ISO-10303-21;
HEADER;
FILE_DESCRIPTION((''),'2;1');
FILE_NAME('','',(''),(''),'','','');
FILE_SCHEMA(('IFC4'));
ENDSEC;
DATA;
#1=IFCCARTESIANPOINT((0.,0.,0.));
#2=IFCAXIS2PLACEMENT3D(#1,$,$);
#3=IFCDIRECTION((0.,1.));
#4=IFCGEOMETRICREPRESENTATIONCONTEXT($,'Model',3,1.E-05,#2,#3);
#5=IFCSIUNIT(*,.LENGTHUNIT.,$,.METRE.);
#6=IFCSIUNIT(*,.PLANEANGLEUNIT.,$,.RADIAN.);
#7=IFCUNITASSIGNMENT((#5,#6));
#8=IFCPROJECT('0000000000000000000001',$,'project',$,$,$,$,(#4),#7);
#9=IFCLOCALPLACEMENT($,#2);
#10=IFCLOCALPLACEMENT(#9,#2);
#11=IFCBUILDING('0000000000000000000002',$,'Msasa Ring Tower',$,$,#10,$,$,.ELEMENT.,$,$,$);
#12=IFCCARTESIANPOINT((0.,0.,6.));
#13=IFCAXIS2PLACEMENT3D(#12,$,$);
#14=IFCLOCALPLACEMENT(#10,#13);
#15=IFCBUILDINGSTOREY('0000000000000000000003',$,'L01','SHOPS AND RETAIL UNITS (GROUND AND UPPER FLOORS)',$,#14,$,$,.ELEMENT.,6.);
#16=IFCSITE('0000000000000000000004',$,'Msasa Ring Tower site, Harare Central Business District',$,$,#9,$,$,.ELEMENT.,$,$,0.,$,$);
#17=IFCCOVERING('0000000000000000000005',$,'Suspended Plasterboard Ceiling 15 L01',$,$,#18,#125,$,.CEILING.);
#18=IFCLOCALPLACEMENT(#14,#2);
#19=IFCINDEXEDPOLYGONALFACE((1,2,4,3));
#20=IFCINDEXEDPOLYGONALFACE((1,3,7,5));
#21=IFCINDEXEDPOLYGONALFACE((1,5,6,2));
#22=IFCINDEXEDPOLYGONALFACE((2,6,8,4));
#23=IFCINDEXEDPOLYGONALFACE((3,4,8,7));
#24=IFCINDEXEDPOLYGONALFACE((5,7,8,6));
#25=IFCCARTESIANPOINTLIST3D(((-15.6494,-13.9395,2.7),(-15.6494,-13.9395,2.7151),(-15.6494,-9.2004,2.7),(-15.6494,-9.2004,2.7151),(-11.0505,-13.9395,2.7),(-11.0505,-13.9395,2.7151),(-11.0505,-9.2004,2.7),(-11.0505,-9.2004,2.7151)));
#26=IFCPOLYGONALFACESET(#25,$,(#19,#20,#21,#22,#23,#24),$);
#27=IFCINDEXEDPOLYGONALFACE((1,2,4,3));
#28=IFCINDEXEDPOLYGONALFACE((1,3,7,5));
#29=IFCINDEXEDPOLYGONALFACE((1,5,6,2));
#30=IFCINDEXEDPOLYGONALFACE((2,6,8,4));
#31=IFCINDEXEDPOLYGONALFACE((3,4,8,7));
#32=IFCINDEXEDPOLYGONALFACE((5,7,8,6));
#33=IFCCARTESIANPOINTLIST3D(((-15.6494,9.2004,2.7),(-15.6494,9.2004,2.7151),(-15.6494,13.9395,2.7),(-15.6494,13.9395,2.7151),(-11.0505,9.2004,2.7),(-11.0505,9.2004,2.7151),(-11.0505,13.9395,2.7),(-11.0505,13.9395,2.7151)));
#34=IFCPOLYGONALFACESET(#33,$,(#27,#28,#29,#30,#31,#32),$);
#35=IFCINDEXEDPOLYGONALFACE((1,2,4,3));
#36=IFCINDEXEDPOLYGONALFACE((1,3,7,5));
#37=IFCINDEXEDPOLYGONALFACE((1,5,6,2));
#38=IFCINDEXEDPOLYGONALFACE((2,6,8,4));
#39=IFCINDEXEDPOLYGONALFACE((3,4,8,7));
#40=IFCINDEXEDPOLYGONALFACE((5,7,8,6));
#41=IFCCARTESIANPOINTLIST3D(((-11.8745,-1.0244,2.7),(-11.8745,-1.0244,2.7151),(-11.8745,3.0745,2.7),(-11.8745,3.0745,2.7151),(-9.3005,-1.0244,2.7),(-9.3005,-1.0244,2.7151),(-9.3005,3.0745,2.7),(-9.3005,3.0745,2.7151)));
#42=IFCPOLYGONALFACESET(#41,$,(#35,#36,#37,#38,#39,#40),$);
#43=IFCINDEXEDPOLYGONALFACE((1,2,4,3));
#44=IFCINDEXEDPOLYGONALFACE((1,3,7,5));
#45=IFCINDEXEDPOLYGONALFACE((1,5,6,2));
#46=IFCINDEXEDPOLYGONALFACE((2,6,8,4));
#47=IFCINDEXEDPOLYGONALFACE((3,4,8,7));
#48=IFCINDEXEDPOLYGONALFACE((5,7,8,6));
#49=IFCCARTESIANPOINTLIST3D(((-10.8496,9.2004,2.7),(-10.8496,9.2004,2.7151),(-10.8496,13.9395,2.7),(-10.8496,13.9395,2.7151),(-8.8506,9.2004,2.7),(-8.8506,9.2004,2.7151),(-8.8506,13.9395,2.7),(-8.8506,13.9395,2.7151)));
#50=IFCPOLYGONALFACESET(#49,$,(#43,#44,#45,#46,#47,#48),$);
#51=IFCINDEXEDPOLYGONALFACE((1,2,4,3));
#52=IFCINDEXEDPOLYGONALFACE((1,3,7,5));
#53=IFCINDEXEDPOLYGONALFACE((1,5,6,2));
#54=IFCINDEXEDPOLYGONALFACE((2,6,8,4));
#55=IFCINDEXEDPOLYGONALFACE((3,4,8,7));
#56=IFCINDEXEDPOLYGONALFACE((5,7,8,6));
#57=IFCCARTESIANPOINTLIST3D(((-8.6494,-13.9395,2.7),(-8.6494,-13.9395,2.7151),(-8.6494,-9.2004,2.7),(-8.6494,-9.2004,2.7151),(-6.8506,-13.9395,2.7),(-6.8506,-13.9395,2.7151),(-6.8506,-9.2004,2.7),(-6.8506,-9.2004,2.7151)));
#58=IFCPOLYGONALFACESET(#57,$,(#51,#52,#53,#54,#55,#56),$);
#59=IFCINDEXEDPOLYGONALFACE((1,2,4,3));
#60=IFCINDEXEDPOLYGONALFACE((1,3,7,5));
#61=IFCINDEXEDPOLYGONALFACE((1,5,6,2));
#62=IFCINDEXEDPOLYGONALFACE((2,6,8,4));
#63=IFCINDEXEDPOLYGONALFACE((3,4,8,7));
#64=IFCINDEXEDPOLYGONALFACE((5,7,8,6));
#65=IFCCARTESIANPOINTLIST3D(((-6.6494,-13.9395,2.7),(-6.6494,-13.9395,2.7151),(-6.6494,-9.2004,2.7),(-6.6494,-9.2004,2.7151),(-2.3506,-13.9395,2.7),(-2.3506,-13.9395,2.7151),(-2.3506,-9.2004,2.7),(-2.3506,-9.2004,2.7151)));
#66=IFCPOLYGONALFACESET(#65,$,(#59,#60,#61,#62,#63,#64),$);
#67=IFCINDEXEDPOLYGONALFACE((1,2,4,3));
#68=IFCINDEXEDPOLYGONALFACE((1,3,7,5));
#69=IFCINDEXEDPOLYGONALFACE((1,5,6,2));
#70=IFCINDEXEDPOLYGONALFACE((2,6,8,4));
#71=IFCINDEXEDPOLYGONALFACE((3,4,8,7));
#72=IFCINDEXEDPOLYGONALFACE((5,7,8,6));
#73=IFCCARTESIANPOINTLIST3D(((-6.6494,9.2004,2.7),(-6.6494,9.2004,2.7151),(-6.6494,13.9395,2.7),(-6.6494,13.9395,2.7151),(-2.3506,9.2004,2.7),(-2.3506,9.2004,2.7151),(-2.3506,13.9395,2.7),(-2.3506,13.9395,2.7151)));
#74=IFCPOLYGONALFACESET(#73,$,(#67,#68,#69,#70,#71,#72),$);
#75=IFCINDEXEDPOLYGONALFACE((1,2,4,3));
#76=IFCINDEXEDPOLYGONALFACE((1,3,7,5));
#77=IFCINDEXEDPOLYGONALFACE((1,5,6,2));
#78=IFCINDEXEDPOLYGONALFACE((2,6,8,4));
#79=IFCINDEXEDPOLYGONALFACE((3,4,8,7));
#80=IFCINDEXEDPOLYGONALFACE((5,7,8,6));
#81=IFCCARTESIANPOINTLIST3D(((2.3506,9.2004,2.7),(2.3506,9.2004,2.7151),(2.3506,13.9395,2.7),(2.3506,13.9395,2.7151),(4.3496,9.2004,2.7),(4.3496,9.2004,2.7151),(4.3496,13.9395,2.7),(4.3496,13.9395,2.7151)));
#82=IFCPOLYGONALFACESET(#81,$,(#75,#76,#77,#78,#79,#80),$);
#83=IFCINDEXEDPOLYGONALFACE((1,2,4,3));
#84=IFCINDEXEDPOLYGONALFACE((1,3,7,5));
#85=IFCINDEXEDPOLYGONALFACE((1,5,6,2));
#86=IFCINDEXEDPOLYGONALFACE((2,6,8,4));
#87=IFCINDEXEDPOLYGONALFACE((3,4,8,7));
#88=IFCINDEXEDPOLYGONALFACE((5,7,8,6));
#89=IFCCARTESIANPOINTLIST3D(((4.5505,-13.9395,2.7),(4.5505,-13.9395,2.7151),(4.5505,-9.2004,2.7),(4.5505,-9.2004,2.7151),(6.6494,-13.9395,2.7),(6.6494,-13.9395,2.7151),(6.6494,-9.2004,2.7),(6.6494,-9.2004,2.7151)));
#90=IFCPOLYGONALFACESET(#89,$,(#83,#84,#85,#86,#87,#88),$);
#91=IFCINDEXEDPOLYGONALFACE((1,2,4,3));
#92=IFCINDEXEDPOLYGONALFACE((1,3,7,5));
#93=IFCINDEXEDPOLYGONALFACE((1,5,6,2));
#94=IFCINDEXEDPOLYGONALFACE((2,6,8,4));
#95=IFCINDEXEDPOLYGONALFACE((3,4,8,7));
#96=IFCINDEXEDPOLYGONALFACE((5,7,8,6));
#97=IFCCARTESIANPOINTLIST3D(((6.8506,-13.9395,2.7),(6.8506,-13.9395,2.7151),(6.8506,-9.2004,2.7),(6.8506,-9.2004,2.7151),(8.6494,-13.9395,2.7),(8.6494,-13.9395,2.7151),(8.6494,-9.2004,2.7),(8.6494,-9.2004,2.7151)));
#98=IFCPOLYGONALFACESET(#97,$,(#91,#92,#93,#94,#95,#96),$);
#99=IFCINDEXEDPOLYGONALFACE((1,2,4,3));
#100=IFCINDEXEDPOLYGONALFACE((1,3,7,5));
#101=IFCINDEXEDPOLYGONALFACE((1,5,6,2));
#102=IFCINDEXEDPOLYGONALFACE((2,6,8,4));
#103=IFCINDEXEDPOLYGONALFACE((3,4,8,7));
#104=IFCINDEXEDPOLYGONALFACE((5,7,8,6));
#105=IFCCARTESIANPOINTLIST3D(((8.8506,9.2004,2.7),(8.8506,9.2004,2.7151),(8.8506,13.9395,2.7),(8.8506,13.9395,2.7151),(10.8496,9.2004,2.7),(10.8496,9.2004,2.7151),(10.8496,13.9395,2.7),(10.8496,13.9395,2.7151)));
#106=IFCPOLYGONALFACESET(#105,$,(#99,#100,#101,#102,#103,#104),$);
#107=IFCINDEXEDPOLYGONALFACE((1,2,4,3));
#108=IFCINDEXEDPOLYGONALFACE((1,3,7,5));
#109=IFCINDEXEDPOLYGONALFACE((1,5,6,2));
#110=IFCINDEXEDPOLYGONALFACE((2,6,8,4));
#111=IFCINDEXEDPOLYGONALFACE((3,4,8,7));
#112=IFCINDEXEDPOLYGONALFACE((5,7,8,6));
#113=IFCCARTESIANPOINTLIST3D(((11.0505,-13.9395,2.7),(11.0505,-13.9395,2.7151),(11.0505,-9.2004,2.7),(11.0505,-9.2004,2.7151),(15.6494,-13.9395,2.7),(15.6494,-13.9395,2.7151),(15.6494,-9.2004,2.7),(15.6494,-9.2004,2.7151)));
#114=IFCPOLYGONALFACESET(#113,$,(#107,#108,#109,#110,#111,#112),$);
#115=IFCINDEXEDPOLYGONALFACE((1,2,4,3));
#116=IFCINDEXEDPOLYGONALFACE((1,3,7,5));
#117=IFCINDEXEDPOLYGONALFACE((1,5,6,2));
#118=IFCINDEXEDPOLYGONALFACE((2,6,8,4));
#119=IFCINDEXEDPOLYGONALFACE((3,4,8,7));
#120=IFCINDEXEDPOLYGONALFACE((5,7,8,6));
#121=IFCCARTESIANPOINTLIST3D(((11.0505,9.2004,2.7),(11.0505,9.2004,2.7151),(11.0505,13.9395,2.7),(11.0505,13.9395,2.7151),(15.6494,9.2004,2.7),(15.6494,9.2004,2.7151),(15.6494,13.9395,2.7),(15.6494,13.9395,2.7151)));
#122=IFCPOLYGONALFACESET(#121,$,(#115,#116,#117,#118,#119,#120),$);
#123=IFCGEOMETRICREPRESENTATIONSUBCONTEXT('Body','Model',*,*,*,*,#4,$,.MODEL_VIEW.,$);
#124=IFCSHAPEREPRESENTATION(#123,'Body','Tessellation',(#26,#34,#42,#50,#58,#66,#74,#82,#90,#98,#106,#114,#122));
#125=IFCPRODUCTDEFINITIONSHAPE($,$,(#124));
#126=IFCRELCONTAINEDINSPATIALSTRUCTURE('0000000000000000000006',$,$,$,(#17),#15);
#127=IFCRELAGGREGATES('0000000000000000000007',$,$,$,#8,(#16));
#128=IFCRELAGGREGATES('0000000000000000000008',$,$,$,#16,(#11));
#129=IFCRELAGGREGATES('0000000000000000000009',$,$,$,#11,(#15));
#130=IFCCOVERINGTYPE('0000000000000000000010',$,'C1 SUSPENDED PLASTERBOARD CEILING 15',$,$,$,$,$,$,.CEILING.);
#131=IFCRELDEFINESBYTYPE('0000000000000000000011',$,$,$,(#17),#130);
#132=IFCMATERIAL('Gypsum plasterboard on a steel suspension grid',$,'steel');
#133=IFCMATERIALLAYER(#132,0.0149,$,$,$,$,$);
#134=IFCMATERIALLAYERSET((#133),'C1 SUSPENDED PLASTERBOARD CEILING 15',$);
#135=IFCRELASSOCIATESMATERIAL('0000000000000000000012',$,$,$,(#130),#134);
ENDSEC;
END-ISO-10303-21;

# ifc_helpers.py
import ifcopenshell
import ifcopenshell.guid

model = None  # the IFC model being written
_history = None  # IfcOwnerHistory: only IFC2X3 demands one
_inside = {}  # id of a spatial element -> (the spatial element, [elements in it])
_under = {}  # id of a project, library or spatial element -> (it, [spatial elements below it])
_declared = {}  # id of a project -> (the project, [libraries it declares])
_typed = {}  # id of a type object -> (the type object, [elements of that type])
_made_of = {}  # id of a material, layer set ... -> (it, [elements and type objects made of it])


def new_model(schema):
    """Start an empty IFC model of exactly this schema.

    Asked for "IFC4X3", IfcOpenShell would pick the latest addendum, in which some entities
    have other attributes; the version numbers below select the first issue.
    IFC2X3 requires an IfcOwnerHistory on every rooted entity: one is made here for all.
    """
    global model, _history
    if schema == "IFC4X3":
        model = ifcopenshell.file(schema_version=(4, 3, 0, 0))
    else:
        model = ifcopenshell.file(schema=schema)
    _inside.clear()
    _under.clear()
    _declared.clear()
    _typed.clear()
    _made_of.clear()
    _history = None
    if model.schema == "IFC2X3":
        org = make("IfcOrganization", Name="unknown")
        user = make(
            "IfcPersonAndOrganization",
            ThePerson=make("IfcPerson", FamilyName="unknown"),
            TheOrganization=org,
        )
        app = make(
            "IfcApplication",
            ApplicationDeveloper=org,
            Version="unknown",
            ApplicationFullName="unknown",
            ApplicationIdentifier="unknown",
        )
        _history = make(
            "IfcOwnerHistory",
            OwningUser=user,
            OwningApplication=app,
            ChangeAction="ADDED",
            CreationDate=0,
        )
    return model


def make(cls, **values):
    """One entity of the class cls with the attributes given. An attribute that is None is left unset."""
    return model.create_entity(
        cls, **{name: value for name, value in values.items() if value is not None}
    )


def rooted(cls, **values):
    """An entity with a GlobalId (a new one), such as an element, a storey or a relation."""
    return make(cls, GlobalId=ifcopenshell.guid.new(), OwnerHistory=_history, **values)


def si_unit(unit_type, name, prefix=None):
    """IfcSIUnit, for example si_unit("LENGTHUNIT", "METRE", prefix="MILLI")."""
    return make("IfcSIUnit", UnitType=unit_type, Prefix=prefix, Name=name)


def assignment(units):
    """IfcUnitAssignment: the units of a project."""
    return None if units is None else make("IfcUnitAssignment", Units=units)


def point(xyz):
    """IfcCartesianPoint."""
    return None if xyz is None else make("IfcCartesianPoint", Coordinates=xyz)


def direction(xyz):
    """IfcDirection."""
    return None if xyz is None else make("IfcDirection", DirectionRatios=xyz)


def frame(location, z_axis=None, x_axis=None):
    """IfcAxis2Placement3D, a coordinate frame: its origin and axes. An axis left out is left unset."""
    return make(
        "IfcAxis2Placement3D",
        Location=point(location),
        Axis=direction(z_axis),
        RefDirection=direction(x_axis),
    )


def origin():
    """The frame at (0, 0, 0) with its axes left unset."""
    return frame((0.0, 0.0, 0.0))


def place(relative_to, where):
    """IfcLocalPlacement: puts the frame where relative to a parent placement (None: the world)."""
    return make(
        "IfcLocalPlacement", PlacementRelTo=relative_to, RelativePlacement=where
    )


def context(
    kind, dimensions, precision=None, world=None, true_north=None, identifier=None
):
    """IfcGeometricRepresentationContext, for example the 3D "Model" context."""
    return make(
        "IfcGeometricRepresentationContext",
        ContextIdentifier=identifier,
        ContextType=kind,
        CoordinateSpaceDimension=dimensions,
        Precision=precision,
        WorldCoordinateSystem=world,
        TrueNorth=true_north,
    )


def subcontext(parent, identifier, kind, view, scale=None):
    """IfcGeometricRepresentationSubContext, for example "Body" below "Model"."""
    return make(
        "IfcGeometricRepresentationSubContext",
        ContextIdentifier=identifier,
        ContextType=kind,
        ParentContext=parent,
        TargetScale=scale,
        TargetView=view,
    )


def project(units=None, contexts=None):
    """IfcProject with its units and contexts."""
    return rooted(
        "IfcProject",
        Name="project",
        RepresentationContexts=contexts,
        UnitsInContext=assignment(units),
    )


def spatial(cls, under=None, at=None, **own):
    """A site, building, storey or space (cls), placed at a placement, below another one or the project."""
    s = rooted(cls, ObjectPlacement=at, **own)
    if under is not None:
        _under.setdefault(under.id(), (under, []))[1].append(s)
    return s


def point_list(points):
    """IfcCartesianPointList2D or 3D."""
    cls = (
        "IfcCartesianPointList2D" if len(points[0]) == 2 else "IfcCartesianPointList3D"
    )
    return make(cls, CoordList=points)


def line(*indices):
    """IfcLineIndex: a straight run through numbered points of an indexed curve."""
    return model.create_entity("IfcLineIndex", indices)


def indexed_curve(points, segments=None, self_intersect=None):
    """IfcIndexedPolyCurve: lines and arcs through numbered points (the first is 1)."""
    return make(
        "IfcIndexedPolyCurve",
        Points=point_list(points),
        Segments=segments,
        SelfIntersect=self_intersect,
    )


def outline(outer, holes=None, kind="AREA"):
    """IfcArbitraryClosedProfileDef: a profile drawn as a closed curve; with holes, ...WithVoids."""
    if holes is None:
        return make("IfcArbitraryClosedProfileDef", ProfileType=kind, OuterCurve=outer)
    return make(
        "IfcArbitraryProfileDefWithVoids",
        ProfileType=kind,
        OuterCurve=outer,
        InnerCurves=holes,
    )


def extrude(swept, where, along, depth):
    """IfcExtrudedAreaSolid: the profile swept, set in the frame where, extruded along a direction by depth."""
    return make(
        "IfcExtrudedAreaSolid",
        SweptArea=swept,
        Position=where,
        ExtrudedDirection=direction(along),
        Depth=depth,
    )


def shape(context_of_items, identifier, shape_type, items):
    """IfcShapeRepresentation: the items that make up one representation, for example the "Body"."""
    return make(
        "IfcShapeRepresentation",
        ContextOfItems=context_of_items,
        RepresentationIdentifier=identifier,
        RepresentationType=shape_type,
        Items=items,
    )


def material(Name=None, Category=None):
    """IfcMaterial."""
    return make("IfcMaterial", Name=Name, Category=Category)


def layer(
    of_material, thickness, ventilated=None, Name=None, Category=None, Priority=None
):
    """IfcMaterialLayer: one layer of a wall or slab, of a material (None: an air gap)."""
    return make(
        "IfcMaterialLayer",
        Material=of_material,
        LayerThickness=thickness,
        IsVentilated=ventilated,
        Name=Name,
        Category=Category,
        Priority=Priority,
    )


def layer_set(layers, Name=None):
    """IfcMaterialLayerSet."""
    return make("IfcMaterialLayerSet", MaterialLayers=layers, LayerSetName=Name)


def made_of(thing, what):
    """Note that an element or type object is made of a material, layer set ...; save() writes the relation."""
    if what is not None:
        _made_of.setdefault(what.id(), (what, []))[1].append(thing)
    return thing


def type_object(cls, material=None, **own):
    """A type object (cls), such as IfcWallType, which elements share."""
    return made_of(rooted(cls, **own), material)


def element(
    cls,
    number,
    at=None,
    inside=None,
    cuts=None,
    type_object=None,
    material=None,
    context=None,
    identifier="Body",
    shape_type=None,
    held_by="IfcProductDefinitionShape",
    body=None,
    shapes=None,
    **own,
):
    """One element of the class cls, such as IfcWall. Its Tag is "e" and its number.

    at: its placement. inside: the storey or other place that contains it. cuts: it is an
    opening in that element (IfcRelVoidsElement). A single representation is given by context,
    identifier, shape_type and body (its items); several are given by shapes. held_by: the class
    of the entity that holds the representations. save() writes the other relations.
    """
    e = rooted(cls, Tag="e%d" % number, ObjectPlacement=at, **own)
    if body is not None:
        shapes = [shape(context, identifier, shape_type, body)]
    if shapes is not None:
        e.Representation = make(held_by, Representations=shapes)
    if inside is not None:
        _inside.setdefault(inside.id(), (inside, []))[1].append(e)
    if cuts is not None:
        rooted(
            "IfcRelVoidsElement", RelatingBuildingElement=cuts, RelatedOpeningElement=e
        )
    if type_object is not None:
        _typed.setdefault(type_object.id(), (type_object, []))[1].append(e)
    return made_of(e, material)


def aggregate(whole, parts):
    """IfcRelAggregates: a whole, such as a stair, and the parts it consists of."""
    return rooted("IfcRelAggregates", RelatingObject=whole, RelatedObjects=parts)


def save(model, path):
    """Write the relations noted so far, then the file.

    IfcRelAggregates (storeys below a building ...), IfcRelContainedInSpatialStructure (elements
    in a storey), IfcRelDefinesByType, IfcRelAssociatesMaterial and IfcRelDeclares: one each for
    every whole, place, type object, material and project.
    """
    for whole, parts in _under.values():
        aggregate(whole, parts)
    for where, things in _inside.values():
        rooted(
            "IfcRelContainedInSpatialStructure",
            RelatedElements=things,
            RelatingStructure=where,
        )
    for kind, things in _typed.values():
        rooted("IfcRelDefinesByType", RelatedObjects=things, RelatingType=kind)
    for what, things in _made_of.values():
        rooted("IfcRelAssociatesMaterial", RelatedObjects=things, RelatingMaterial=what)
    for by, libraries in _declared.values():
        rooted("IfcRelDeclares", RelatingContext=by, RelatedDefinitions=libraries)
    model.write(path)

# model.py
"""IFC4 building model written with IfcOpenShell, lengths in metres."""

from ifc_helpers import new_model, si_unit, direction, frame, origin, place, context, subcontext, project, spatial, line, indexed_curve, outline, extrude, material, layer, layer_set, type_object, element, save


model = new_model("IFC4")

# Units and contexts
model_context = context("Model", 3, precision=1e-05, world=origin(), true_north=direction((0.0, 1.0)))
body_context = subcontext(model_context, "Body", "Model", "MODEL_VIEW")
ifc_project = project(units=[si_unit("LENGTHUNIT", "METRE"), si_unit("PLANEANGLEUNIT", "RADIAN")], contexts=[model_context])

# Site, building, storey
site_placement = place(None, origin())
site = spatial("IfcSite", under=ifc_project, at=site_placement, Name="Msasa Ring Tower site, Harare Central Business District", CompositionType="ELEMENT", RefElevation=0.0)
building_placement = place(site_placement, origin())
building = spatial("IfcBuilding", under=site, at=building_placement, Name="Msasa Ring Tower", CompositionType="ELEMENT")
storey_placement = place(building_placement, frame((0.0, 0.0, 6.0)))
storey = spatial("IfcBuildingStorey", under=building, at=storey_placement, Name="L01", Description="SHOPS AND RETAIL UNITS (GROUND AND UPPER FLOORS)", CompositionType="ELEMENT", Elevation=6.0)

# Covering
ifc_material_1 = material(Name="Gypsum plasterboard on a steel suspension grid", Category="steel")
ifc_layer_1 = layer(ifc_material_1, 0.0149)
ifc_layer_set_1 = layer_set([ifc_layer_1], Name="C1 SUSPENDED PLASTERBOARD CEILING 15")
covering_type_1 = type_object("IfcCoveringType", Name="C1 SUSPENDED PLASTERBOARD CEILING 15", PredefinedType="CEILING", material=ifc_layer_set_1)
covering_1_placement = place(storey_placement, frame((0.0, 0.0, 2.7)))
element("IfcCovering", 1, at=covering_1_placement, inside=storey, type_object=covering_type_1, Name="Suspended Plasterboard Ceiling 15 L01", PredefinedType="CEILING", context=body_context, shape_type="SweptSolid", body=[
    extrude(outline(indexed_curve([(-15.6494, -13.9395), (-15.6494, -9.2004), (-11.0505, -9.2004), (-11.0505, -13.9395)], segments=[line(1, 2, 3, 4, 1)], self_intersect=False)), origin(), (0.0, 0.0, 1.0), 0.0151),
    extrude(outline(indexed_curve([(-15.6494, 13.9395), (-11.0505, 13.9395), (-11.0505, 9.2004), (-15.6494, 9.2004)], segments=[line(1, 2, 3, 4, 1)], self_intersect=False)), origin(), (0.0, 0.0, 1.0), 0.0151),
    extrude(outline(indexed_curve([(-11.8745, -1.0244), (-11.8745, 3.0745), (-9.3005, 3.0745), (-9.3005, -1.0244)], segments=[line(1, 2, 3, 4, 1)], self_intersect=False)), origin(), (0.0, 0.0, 1.0), 0.0151),
    extrude(outline(indexed_curve([(-10.8496, 13.9395), (-8.8506, 13.9395), (-8.8506, 9.2004), (-10.8496, 9.2004)], segments=[line(1, 2, 3, 4, 1)], self_intersect=False)), origin(), (0.0, 0.0, 1.0), 0.0151),
    extrude(outline(indexed_curve([(-8.6494, -9.2004), (-6.8506, -9.2004), (-6.8506, -13.9395), (-8.6494, -13.9395)], segments=[line(1, 2, 3, 4, 1)], self_intersect=False)), origin(), (0.0, 0.0, 1.0), 0.0151),
    extrude(outline(indexed_curve([(-2.3506, -9.2004), (-2.3506, -13.9395), (-6.6494, -13.9395), (-6.6494, -9.2004)], segments=[line(1, 2, 3, 4, 1)], self_intersect=False)), origin(), (0.0, 0.0, 1.0), 0.0151),
    extrude(outline(indexed_curve([(-6.6494, 9.2004), (-6.6494, 13.9395), (-2.3506, 13.9395), (-2.3506, 9.2004)], segments=[line(1, 2, 3, 4, 1)], self_intersect=False)), origin(), (0.0, 0.0, 1.0), 0.0151),
    extrude(outline(indexed_curve([(2.3506, 13.9395), (4.3496, 13.9395), (4.3496, 9.2004), (2.3506, 9.2004)], segments=[line(1, 2, 3, 4, 1)], self_intersect=False)), origin(), (0.0, 0.0, 1.0), 0.0151),
    extrude(outline(indexed_curve([(4.5505, -9.2004), (6.6494, -9.2004), (6.6494, -13.9395), (4.5505, -13.9395)], segments=[line(1, 2, 3, 4, 1)], self_intersect=False)), origin(), (0.0, 0.0, 1.0), 0.0151),
    extrude(outline(indexed_curve([(8.6494, -9.2004), (8.6494, -13.9395), (6.8506, -13.9395), (6.8506, -9.2004)], segments=[line(1, 2, 3, 4, 1)], self_intersect=False)), origin(), (0.0, 0.0, 1.0), 0.0151),
    extrude(outline(indexed_curve([(8.8506, 13.9395), (10.8496, 13.9395), (10.8496, 9.2004), (8.8506, 9.2004)], segments=[line(1, 2, 3, 4, 1)], self_intersect=False)), origin(), (0.0, 0.0, 1.0), 0.0151),
    extrude(outline(indexed_curve([(11.0505, -9.2004), (15.6494, -9.2004), (15.6494, -13.9395), (11.0505, -13.9395)], segments=[line(1, 2, 3, 4, 1)], self_intersect=False)), origin(), (0.0, 0.0, 1.0), 0.0151),
    extrude(outline(indexed_curve([(11.0505, 13.9395), (15.6494, 13.9395), (15.6494, 9.2004), (11.0505, 9.2004)], segments=[line(1, 2, 3, 4, 1)], self_intersect=False)), origin(), (0.0, 0.0, 1.0), 0.0151),
])

save(model, "model.ifc")
